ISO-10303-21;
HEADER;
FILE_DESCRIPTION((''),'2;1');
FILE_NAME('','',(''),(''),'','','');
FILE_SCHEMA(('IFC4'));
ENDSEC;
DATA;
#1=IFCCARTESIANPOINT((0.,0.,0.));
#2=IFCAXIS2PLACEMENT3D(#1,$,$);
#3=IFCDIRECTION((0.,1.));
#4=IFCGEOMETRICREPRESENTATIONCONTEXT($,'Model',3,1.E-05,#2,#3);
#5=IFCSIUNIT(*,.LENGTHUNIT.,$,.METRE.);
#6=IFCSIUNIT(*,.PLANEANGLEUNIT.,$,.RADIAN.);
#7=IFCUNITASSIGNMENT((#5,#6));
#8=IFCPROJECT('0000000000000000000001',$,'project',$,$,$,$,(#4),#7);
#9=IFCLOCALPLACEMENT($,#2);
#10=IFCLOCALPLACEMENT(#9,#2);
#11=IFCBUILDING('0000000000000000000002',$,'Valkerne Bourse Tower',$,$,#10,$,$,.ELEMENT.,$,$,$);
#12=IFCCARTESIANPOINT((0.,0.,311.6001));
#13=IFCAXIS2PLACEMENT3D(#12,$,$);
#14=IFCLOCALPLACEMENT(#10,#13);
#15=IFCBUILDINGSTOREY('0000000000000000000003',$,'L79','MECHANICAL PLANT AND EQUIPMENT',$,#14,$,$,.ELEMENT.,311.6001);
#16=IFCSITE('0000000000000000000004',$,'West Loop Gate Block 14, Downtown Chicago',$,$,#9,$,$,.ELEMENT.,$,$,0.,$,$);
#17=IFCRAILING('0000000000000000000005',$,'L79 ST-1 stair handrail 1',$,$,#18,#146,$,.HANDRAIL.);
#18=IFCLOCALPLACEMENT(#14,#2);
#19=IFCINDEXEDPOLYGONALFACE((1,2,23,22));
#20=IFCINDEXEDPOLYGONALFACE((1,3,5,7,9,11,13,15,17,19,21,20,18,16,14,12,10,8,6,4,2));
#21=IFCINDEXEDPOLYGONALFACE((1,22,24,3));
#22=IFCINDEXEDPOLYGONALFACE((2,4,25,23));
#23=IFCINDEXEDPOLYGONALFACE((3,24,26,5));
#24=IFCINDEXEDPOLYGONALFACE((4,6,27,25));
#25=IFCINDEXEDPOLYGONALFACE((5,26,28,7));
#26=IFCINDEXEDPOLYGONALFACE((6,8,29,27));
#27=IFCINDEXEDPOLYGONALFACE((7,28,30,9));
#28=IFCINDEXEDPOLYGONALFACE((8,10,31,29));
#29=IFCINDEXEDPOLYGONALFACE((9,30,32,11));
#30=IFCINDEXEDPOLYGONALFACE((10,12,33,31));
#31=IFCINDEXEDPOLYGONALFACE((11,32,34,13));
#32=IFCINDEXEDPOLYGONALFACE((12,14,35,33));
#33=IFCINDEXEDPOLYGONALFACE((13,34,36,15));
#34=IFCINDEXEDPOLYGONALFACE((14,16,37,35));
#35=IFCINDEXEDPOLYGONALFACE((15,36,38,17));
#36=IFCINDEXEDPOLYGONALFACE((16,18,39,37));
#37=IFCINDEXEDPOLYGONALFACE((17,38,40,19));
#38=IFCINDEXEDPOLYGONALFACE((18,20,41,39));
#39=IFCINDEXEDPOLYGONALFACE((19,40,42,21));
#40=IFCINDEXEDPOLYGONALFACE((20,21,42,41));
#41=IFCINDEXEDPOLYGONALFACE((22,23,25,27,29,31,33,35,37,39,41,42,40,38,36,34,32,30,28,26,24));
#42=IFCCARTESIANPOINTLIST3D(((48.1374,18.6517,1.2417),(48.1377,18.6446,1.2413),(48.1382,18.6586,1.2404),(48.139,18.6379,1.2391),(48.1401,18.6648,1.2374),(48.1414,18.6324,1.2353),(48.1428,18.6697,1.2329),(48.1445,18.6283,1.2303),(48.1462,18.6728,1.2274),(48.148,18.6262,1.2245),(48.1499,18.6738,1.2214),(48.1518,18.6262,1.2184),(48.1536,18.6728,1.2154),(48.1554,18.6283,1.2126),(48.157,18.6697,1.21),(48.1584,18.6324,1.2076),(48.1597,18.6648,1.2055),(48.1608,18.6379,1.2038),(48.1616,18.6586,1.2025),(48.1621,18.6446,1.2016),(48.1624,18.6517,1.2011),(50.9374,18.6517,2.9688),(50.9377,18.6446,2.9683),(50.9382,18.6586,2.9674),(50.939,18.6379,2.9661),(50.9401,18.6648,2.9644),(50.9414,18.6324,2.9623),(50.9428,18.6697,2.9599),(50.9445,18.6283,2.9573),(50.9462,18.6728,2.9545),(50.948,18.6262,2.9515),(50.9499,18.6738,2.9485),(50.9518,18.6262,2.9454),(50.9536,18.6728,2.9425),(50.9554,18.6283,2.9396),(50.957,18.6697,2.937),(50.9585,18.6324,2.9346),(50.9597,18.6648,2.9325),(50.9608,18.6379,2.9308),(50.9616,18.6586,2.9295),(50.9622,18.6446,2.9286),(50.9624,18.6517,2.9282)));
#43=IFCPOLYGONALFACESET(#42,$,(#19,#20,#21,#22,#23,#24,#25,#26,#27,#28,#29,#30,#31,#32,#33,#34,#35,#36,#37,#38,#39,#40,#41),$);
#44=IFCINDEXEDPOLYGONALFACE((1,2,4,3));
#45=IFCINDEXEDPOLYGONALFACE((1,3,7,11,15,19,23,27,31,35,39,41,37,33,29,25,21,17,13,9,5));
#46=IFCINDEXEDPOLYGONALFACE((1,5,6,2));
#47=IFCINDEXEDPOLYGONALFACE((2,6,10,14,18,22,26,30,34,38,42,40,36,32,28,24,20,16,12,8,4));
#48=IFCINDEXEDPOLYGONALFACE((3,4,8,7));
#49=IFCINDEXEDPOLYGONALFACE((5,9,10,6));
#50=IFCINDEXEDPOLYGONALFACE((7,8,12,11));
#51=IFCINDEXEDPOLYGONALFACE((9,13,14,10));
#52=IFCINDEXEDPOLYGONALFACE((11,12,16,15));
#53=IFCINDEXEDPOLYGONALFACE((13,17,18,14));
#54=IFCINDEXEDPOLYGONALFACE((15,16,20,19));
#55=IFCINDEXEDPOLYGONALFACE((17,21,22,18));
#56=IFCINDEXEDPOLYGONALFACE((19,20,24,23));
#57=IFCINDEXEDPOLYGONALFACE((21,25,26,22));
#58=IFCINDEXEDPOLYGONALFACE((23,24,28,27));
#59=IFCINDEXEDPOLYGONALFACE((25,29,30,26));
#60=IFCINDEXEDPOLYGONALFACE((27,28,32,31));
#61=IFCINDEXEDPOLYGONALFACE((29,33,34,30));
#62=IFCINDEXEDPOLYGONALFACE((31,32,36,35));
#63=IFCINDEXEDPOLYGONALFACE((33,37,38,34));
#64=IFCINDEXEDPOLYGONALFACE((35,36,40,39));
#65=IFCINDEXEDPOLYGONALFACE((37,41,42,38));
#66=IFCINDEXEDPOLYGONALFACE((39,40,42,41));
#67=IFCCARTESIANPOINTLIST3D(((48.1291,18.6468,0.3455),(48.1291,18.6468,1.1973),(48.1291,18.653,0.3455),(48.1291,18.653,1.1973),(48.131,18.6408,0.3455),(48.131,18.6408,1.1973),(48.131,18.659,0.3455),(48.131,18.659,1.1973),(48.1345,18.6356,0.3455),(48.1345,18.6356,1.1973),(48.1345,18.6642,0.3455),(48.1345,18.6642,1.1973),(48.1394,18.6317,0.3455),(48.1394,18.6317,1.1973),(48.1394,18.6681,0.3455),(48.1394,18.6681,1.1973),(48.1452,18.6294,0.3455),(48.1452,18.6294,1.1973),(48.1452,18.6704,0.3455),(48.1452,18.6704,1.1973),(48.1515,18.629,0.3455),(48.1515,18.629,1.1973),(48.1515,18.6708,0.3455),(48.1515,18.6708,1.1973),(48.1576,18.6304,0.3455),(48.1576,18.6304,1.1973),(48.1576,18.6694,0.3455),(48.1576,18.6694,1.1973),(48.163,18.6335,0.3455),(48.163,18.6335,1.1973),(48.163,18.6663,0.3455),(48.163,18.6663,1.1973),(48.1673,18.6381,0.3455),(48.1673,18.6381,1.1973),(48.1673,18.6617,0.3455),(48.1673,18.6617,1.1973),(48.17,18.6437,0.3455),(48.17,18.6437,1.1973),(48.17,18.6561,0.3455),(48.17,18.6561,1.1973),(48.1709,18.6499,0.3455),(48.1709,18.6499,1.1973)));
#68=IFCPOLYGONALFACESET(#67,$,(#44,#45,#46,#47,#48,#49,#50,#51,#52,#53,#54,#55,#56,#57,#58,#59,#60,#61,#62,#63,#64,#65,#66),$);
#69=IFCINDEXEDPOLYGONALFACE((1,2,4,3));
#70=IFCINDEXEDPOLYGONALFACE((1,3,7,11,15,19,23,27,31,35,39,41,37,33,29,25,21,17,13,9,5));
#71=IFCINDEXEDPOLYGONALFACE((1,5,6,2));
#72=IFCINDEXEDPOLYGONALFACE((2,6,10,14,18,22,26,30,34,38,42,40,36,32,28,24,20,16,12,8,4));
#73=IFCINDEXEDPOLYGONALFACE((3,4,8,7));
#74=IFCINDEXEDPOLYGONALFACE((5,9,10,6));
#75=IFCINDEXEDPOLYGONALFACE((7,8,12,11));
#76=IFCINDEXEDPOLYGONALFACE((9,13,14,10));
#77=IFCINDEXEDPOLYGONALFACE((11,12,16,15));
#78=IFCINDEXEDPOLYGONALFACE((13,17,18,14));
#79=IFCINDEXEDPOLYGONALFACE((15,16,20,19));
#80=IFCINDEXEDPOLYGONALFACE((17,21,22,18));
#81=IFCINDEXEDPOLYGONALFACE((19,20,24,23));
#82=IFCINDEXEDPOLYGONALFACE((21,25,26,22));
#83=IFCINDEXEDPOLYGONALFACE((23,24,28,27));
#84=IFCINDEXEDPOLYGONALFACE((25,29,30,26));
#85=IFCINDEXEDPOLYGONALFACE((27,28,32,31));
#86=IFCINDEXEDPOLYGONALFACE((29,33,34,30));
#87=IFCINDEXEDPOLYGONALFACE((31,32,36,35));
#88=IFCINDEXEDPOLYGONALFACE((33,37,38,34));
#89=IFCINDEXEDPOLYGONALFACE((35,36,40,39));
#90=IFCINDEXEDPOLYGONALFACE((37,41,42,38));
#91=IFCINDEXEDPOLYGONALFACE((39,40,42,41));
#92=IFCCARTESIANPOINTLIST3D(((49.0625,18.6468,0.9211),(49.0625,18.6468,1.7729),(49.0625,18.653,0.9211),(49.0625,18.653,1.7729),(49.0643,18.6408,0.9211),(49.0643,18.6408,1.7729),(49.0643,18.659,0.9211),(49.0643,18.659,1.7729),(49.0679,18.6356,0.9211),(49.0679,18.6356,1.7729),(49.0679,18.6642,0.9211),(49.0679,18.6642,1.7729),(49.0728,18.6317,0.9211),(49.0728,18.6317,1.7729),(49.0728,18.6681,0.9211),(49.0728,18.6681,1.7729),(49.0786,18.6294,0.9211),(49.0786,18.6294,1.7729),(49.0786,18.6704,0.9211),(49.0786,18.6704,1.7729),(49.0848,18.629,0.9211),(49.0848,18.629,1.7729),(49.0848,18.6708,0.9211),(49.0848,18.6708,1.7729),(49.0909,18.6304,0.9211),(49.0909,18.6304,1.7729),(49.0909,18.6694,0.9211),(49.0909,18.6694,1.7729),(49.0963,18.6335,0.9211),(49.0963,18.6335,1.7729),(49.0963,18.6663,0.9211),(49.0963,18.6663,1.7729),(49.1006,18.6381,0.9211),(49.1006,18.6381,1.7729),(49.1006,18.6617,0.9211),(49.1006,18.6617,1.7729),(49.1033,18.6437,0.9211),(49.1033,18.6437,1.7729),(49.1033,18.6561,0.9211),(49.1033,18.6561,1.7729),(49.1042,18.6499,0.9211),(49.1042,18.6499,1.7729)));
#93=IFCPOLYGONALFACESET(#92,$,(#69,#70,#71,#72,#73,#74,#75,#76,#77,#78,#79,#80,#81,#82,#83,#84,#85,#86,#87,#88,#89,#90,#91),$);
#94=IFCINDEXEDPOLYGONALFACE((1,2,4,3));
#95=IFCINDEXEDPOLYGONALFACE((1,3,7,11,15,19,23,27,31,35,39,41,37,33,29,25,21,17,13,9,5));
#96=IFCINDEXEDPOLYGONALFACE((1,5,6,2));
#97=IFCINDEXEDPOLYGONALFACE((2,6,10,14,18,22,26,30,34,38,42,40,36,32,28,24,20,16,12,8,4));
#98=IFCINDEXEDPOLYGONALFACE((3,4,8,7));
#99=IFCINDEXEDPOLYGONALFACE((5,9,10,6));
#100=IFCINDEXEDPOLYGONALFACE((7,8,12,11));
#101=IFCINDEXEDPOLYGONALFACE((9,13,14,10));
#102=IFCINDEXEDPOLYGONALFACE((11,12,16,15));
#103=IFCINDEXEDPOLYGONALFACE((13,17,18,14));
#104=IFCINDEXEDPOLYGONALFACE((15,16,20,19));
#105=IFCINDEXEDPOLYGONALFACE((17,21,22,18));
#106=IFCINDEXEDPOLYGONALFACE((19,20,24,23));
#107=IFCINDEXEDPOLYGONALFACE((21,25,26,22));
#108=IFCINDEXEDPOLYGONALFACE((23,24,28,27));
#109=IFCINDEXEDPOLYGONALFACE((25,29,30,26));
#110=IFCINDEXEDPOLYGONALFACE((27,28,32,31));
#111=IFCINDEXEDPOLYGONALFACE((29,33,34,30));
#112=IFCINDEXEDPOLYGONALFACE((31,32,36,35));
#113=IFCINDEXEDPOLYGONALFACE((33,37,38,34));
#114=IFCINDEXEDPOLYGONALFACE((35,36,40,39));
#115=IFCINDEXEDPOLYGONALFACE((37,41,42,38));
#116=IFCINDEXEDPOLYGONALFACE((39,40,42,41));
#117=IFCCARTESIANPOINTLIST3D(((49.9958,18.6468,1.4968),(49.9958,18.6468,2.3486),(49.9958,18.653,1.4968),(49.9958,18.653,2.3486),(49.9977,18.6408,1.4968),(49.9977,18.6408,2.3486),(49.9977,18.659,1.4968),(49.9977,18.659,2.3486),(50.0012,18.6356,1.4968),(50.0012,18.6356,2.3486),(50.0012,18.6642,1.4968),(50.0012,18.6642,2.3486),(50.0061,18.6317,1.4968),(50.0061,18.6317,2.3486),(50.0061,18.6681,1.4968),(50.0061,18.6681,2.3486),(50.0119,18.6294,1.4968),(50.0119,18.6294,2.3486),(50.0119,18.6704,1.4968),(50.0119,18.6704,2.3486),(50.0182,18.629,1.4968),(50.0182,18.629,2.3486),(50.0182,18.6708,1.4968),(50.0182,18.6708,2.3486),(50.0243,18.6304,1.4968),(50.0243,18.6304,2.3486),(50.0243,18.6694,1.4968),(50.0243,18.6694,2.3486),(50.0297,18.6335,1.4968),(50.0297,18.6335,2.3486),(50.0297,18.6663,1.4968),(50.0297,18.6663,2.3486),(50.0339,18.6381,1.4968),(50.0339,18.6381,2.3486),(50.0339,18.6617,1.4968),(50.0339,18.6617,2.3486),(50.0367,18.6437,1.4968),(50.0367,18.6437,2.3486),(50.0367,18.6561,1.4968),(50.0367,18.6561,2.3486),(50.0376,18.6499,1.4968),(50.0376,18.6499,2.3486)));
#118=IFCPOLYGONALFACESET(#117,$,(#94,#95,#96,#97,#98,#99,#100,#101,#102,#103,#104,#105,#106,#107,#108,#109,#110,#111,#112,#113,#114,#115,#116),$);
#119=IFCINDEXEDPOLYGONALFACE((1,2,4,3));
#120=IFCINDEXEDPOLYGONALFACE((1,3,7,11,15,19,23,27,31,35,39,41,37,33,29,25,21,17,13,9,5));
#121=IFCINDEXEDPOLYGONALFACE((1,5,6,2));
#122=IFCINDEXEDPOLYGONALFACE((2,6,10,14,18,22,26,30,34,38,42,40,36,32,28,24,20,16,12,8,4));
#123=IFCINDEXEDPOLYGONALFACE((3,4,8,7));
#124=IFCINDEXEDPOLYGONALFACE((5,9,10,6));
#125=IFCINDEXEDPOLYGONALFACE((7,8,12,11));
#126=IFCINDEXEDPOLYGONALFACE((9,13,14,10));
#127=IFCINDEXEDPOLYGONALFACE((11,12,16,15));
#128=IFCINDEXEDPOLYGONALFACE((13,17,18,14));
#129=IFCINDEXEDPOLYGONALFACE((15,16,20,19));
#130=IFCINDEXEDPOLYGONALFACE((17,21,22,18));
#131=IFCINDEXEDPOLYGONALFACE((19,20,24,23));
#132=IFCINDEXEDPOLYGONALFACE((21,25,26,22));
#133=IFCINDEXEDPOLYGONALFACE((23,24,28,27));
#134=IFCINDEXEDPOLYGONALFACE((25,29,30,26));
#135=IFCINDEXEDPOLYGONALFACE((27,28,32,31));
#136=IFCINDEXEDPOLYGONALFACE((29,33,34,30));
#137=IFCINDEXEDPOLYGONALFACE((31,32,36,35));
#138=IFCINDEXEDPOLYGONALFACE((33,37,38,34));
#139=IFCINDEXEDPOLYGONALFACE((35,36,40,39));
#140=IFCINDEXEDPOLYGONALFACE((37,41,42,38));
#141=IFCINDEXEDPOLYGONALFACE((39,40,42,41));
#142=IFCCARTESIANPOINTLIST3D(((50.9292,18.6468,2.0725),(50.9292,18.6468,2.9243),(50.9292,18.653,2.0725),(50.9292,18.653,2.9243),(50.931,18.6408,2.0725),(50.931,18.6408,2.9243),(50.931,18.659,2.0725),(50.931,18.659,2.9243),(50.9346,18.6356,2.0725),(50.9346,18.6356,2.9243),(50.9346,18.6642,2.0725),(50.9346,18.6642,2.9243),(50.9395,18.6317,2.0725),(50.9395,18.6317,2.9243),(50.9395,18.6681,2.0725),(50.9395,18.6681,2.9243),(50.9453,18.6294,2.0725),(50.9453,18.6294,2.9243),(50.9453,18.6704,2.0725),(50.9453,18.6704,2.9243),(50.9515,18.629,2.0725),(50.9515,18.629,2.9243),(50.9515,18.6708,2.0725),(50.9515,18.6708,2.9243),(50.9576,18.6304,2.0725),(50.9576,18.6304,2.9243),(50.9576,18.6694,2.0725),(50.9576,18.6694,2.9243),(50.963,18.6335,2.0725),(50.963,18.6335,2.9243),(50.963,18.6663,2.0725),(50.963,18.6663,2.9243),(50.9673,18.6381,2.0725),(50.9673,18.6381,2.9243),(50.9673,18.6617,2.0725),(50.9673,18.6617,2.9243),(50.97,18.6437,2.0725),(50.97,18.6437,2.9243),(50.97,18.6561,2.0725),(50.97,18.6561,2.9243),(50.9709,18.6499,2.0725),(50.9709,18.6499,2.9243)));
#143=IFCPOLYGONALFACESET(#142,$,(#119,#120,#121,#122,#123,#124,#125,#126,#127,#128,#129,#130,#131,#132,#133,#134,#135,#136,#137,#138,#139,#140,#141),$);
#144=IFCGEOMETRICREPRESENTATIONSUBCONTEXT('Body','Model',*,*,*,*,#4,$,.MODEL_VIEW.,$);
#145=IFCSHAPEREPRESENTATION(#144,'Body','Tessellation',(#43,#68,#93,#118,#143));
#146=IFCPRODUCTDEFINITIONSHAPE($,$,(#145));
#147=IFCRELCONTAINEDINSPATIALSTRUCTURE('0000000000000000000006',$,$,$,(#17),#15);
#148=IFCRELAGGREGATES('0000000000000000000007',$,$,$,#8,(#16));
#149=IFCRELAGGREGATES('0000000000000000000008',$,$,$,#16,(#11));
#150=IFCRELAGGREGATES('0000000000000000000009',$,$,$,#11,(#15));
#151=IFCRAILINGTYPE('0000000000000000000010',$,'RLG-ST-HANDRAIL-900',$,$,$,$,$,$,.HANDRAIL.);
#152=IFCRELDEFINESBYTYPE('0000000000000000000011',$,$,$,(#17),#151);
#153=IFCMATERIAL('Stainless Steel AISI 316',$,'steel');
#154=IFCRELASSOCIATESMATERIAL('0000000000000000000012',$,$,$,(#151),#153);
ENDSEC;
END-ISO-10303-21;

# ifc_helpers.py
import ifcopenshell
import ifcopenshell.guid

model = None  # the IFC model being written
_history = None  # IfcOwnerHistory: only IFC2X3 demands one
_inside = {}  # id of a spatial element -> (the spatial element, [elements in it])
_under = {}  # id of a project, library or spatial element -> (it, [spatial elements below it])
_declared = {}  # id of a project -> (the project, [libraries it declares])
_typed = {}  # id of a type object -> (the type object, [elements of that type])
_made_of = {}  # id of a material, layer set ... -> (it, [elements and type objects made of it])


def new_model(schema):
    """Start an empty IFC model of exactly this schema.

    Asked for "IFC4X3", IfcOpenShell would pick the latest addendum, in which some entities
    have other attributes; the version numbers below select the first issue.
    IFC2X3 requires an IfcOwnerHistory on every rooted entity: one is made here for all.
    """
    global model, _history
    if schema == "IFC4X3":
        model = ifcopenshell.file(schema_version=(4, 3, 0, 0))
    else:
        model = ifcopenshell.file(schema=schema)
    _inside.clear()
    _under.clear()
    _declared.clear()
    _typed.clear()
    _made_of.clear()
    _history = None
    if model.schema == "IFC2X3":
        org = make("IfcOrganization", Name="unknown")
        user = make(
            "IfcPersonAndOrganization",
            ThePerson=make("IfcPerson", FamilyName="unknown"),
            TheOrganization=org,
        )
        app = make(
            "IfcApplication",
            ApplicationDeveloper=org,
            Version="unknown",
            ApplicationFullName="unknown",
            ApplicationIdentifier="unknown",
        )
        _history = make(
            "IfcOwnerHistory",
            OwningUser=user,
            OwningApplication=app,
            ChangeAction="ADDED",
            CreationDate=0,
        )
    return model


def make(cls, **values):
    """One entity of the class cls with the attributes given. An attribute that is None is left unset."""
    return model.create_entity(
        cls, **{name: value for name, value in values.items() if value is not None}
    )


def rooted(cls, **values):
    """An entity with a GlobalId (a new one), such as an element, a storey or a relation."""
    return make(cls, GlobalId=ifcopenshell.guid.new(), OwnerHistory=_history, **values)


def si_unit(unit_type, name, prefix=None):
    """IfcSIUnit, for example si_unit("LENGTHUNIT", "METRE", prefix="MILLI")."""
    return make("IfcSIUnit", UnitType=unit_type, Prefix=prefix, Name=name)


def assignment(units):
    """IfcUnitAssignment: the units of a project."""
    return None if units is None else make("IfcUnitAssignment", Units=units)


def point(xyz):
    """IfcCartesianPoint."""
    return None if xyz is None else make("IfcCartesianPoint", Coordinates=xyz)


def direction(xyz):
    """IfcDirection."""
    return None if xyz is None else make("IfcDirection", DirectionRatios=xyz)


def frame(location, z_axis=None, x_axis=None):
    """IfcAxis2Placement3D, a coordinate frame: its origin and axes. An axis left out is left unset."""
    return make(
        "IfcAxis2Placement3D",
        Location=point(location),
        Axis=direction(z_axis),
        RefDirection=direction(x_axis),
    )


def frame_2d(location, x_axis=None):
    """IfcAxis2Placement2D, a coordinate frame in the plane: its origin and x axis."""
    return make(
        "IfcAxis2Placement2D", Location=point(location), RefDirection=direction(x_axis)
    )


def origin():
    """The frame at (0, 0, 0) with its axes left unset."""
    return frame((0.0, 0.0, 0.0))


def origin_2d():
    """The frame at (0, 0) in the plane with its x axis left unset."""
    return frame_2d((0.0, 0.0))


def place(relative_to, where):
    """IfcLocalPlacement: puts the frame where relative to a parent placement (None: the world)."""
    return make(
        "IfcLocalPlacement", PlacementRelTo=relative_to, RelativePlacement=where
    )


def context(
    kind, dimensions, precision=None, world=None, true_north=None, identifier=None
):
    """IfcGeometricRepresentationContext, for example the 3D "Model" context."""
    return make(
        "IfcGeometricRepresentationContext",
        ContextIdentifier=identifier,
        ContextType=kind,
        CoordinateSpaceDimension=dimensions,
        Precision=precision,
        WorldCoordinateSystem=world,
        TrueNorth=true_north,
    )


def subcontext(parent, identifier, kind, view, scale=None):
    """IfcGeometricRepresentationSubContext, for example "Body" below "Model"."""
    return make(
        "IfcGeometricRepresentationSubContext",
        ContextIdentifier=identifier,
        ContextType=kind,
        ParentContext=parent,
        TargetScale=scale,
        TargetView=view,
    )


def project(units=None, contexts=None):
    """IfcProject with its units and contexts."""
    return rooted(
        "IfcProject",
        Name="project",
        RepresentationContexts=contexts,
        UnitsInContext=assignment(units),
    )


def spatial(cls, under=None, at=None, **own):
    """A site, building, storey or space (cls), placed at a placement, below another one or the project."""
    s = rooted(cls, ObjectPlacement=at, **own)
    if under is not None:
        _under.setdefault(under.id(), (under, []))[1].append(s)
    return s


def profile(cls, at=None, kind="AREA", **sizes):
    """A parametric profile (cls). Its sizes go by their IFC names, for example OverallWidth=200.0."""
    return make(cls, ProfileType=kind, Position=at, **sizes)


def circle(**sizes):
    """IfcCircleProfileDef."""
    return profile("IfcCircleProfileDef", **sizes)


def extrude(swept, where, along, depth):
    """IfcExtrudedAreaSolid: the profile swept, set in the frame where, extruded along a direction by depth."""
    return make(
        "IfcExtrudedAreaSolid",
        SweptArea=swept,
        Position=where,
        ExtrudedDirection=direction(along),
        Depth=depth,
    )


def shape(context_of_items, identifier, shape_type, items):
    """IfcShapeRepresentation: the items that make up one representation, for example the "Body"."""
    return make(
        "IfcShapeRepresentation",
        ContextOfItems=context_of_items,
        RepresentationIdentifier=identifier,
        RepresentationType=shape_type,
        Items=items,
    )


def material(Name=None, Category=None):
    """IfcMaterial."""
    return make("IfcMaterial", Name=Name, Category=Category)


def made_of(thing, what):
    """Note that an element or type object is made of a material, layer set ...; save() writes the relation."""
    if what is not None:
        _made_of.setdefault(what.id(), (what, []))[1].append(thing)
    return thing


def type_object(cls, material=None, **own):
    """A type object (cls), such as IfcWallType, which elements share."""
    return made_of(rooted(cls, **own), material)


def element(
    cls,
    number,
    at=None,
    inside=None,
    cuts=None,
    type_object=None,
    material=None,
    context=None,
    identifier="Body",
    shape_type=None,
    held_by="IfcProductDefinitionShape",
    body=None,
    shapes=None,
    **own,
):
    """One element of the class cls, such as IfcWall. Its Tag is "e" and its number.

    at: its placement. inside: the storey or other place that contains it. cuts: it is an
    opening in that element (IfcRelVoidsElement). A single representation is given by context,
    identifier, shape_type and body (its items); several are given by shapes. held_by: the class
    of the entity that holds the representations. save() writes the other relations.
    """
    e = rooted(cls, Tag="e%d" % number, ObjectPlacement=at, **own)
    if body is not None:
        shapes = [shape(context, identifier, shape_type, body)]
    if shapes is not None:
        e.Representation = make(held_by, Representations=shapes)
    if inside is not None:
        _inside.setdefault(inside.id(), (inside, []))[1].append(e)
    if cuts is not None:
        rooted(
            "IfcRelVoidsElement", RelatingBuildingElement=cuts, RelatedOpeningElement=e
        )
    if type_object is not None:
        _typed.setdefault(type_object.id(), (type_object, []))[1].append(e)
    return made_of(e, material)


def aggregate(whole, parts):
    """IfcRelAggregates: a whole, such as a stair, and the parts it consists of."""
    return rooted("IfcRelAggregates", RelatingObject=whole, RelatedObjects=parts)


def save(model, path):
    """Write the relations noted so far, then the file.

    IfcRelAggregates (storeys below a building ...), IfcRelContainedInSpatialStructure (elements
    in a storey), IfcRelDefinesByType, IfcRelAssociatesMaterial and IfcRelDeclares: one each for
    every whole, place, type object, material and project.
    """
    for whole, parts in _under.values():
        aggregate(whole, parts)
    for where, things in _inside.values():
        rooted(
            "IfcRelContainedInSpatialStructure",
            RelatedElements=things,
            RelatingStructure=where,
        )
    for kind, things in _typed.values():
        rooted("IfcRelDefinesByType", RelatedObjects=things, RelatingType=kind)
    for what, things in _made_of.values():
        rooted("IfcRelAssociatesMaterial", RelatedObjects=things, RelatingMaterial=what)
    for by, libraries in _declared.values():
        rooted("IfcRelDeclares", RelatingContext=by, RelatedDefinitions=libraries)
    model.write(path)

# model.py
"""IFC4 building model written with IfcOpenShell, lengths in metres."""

from ifc_helpers import new_model, si_unit, direction, frame, origin, origin_2d, place, context, subcontext, project, spatial, circle, extrude, material, type_object, element, save


model = new_model("IFC4")

# Units and contexts
model_context = context("Model", 3, precision=1e-05, world=origin(), true_north=direction((0.0, 1.0)))
body_context = subcontext(model_context, "Body", "Model", "MODEL_VIEW")
ifc_project = project(units=[si_unit("LENGTHUNIT", "METRE"), si_unit("PLANEANGLEUNIT", "RADIAN")], contexts=[model_context])

# Site, building, storey
site_placement = place(None, origin())
site = spatial("IfcSite", under=ifc_project, at=site_placement, Name="West Loop Gate Block 14, Downtown Chicago", CompositionType="ELEMENT", RefElevation=0.0)
building_placement = place(site_placement, origin())
building = spatial("IfcBuilding", under=site, at=building_placement, Name="Valkerne Bourse Tower", CompositionType="ELEMENT")
storey_placement = place(building_placement, frame((0.0, 0.0, 311.6001)))
storey = spatial("IfcBuildingStorey", under=building, at=storey_placement, Name="L79", Description="MECHANICAL PLANT AND EQUIPMENT", CompositionType="ELEMENT", Elevation=311.6001)

# Shared definitions
ifc_material_1 = material(Name="Stainless Steel AISI 316", Category="steel")

# Railing
railing_type_1 = type_object("IfcRailingType", Name="RLG-ST-HANDRAIL-900", PredefinedType="HANDRAIL", material=ifc_material_1)
railing_1_placement = place(storey_placement, frame((48.1499, 18.6499, 0.3455)))
element("IfcRailing", 1, at=railing_1_placement, inside=storey, type_object=railing_type_1, Name="L79 ST-1 stair handrail 1", PredefinedType="HANDRAIL", context=body_context, shape_type="SweptSolid", body=[
    extrude(circle(Radius=0.0239, at=origin_2d()), frame((0.0, 0.0, 0.876), z_axis=(0.851123, 0.0, 0.524967), x_axis=(0.0, 1.0, 0.0)), (0.0, 0.0, 1.0), 3.2898),
    extrude(circle(Radius=0.021, at=origin_2d()), origin(), (0.0, 0.0, 1.0), 0.8518),
    extrude(circle(Radius=0.021, at=origin_2d()), frame((0.9333, 0.0, 0.5757)), (0.0, 0.0, 1.0), 0.8518),
    extrude(circle(Radius=0.021, at=origin_2d()), frame((1.8667, 0.0, 1.1514)), (0.0, 0.0, 1.0), 0.8518),
    extrude(circle(Radius=0.021, at=origin_2d()), frame((2.8, 0.0, 1.7271)), (0.0, 0.0, 1.0), 0.8518),
])

save(model, "model.ifc")
